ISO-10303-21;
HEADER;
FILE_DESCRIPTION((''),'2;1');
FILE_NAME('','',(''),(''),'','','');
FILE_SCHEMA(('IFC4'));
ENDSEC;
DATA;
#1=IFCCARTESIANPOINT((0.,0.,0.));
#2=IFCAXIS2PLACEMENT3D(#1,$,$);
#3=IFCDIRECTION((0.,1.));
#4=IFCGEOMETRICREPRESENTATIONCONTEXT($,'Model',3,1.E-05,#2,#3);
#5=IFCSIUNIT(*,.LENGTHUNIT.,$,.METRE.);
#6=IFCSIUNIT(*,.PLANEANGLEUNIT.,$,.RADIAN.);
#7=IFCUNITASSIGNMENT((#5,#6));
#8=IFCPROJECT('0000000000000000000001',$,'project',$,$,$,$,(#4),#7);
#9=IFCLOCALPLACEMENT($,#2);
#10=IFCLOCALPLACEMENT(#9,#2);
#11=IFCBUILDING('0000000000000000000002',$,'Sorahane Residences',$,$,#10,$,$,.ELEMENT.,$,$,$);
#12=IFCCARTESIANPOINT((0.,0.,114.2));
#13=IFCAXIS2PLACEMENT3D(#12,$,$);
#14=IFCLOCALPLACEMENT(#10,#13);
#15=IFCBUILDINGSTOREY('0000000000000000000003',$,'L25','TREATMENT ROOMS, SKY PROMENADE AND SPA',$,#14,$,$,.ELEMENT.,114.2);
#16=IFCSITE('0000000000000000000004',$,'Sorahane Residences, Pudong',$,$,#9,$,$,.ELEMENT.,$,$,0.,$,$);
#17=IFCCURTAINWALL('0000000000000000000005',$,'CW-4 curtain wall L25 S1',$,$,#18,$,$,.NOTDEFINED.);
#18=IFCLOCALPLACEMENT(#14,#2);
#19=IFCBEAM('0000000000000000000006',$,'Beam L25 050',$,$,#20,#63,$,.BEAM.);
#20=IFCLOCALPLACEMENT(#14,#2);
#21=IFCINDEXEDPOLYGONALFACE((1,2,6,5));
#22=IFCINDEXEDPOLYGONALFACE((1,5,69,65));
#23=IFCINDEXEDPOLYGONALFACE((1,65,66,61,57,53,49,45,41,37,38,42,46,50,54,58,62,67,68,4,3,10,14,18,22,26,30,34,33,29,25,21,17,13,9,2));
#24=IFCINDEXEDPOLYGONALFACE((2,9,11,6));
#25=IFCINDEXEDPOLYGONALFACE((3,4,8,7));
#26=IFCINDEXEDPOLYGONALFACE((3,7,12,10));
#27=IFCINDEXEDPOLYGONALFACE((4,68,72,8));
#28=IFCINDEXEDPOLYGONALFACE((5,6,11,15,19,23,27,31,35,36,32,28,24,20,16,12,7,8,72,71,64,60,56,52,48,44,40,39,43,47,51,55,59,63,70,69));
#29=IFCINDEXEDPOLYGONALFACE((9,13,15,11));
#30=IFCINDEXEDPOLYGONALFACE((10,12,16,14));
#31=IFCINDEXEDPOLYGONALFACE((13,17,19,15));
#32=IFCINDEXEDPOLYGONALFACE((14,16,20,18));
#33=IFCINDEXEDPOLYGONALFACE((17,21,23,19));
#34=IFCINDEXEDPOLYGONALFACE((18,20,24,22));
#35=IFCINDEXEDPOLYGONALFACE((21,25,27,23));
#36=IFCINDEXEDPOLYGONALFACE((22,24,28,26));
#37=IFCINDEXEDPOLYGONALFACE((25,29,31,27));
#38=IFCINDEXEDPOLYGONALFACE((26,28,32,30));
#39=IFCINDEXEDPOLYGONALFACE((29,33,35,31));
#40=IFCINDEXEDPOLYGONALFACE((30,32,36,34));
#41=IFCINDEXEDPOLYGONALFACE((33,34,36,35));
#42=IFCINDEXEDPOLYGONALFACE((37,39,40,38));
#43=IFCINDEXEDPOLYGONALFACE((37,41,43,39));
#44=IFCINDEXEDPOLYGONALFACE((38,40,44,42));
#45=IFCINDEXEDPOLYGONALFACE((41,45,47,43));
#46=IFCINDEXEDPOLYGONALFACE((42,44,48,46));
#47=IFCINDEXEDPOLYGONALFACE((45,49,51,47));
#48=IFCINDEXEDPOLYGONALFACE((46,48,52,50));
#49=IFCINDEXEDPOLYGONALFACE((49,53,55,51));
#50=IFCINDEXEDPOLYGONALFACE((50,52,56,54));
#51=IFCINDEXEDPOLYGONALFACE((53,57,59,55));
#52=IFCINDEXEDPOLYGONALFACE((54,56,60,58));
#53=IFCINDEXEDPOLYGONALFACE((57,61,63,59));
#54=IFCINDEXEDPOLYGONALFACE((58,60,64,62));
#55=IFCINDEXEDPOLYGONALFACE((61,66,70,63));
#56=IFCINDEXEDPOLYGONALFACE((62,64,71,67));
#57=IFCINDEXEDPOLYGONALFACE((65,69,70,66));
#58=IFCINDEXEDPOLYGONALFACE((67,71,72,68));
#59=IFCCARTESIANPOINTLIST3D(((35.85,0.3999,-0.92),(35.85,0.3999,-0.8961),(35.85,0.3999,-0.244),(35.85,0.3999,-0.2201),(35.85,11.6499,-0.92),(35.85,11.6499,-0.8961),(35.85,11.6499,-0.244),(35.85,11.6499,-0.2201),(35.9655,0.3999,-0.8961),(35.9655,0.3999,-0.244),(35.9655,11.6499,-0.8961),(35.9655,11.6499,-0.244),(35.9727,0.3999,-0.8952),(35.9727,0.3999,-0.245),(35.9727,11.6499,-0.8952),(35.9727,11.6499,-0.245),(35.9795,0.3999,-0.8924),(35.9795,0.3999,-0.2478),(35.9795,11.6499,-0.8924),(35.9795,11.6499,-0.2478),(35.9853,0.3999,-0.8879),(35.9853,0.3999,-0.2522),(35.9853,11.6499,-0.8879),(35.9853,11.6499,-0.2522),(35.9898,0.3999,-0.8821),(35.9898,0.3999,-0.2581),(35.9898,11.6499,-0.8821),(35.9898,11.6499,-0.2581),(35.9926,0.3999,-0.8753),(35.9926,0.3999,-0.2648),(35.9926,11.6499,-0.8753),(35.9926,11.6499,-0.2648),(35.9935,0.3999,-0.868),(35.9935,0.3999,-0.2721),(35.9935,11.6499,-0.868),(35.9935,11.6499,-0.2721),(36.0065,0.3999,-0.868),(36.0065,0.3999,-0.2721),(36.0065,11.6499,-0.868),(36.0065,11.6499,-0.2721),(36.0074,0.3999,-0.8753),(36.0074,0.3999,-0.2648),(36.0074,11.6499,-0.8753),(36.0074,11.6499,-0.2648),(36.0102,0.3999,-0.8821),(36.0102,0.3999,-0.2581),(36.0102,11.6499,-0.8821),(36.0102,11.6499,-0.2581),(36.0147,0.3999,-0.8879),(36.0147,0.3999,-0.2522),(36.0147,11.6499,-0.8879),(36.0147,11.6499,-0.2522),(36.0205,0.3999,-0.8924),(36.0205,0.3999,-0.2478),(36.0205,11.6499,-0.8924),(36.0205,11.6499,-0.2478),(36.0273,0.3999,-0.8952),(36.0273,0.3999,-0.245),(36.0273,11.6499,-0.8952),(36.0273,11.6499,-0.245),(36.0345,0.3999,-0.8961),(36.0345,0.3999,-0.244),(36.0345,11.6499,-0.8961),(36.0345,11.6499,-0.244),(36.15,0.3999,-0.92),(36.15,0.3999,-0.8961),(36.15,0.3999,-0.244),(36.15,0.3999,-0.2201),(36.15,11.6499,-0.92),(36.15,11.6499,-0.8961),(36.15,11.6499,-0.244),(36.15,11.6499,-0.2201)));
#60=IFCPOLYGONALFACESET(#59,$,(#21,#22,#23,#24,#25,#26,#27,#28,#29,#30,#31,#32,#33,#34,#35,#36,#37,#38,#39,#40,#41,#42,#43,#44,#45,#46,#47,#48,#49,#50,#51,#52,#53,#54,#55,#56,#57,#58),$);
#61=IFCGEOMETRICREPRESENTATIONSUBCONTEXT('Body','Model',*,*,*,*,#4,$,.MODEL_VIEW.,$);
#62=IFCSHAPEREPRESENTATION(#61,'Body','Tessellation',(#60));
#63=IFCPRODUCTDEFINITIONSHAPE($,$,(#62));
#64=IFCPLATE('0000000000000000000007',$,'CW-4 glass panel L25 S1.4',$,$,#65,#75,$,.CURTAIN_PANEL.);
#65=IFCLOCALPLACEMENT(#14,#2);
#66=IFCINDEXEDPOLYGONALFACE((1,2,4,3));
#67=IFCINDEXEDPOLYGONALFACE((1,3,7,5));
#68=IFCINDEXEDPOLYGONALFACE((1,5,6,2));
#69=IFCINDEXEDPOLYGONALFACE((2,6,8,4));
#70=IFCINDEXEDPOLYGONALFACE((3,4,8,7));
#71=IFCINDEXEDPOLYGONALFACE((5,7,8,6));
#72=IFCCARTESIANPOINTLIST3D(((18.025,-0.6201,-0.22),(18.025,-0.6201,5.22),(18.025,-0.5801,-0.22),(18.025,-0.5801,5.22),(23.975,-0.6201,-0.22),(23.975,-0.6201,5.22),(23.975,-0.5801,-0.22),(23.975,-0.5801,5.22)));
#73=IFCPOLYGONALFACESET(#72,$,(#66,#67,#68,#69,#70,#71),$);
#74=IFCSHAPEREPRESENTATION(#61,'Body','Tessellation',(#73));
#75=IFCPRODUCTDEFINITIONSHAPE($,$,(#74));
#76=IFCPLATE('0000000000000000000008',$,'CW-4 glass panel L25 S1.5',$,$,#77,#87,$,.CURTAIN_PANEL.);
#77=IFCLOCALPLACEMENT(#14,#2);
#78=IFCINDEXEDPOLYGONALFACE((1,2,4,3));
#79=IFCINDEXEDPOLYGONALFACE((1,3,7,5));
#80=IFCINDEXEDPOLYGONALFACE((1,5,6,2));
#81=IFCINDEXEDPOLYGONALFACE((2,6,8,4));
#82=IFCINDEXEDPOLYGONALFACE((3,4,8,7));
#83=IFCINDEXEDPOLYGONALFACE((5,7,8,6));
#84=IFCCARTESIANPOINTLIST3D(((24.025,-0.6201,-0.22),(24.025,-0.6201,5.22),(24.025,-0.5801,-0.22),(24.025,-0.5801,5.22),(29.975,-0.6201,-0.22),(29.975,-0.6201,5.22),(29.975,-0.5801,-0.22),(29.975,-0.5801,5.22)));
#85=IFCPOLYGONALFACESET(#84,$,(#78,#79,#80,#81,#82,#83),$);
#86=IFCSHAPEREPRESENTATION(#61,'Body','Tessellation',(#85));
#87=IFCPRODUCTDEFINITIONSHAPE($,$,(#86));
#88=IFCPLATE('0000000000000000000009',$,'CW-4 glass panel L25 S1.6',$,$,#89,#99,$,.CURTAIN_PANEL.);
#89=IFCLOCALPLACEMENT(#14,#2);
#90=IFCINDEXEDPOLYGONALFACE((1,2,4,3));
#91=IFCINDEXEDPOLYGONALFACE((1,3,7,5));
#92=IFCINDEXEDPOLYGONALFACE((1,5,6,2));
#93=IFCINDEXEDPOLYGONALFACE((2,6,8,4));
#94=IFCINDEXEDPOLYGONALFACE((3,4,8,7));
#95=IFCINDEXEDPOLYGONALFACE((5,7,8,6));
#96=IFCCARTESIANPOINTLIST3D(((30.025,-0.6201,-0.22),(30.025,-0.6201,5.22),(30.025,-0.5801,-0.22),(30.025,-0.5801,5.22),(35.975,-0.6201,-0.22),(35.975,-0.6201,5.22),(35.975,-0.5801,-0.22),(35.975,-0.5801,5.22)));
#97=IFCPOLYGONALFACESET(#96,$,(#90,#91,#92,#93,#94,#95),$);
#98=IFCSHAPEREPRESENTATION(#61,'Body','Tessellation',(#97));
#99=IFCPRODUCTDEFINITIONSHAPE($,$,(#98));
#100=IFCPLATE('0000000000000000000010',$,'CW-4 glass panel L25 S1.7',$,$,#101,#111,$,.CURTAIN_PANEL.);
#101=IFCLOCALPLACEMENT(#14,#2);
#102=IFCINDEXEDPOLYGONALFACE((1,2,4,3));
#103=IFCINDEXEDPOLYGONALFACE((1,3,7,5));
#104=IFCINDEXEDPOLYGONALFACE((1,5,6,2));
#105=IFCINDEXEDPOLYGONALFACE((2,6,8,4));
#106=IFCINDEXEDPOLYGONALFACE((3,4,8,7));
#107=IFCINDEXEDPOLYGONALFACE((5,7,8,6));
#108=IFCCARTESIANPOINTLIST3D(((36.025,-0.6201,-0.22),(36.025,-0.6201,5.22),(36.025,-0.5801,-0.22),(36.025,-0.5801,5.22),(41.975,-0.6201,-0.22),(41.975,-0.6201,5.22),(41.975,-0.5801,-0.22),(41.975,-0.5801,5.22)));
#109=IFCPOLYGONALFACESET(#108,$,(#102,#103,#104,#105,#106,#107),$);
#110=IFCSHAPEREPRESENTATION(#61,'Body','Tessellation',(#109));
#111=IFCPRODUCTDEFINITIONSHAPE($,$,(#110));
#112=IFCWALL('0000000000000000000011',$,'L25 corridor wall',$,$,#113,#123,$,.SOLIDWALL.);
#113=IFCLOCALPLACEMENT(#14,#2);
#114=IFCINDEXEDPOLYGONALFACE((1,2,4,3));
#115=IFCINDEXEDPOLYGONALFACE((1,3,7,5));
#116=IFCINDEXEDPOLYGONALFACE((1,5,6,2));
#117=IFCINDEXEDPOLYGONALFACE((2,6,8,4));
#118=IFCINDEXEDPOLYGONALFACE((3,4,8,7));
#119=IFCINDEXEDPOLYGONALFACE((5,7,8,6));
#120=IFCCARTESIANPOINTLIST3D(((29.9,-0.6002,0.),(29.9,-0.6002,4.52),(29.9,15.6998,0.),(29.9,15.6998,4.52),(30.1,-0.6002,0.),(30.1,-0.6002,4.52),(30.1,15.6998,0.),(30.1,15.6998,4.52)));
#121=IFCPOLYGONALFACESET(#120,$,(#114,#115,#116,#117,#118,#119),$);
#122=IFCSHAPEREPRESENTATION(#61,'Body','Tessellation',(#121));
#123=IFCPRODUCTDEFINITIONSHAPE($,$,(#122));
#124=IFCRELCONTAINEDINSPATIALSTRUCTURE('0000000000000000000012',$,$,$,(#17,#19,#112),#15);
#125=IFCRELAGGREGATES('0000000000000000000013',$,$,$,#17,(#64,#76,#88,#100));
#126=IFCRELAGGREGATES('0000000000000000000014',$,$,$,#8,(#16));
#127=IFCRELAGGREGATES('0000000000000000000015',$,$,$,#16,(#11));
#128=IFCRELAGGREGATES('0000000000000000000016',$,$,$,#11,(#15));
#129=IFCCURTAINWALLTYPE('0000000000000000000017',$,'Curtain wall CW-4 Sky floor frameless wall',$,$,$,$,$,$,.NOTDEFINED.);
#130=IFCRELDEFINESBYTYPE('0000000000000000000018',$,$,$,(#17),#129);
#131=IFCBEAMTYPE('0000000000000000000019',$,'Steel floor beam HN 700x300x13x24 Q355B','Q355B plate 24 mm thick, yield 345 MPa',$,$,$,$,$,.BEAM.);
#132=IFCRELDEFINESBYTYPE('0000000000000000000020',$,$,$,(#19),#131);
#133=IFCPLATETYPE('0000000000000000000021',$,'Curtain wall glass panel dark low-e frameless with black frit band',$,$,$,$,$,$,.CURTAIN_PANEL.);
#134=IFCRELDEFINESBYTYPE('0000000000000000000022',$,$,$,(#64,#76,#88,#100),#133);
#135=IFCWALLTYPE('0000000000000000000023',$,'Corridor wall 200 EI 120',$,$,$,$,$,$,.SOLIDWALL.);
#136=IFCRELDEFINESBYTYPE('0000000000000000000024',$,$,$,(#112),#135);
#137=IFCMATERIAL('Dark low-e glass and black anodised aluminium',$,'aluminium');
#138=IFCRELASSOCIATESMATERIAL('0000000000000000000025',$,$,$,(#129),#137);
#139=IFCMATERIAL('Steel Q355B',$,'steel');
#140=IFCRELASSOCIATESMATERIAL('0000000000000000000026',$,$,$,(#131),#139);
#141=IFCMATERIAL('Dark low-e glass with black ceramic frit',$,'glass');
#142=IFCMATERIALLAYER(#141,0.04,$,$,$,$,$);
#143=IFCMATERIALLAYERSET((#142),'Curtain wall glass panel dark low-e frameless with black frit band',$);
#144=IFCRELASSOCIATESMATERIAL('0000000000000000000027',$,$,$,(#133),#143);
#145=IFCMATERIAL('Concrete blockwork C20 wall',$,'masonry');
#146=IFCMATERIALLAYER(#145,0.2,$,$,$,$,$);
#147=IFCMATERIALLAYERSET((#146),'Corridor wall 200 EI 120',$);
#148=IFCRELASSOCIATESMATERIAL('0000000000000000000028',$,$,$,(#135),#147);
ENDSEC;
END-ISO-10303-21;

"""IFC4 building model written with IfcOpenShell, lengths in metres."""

from ifc_helpers import new_model, si_unit, direction, frame, frame_2d, origin, origin_2d, place, context, subcontext, project, spatial, rectangle, i_section, extrude, material, layer, layer_set, material_profile, profile_set, type_object, element, aggregate, save


model = new_model("IFC4")

# Units and contexts
model_context = context("Model", 3, precision=1e-05, world=origin(), true_north=direction((0.0, 1.0)))
body_context = subcontext(model_context, "Body", "Model", "MODEL_VIEW")
ifc_project = project(units=[si_unit("LENGTHUNIT", "METRE"), si_unit("PLANEANGLEUNIT", "RADIAN")], contexts=[model_context])

# Site, building, storey
site_placement = place(None, origin())
site = spatial("IfcSite", under=ifc_project, at=site_placement, Name="Sorahane Residences, Pudong", CompositionType="ELEMENT", RefElevation=0.0)
building_placement = place(site_placement, origin())
building = spatial("IfcBuilding", under=site, at=building_placement, Name="Sorahane Residences", CompositionType="ELEMENT")
storey_placement = place(building_placement, frame((0.0, 0.0, 114.2)))
storey = spatial("IfcBuildingStorey", under=building, at=storey_placement, Name="L25", Description="TREATMENT ROOMS, SKY PROMENADE AND SPA", CompositionType="ELEMENT", Elevation=114.2)

# Curtain wall
ifc_material_1 = material(Name="Dark low-e glass and black anodised aluminium", Category="aluminium")
curtain_wall_type = type_object("IfcCurtainWallType", Name="Curtain wall CW-4 Sky floor frameless wall", PredefinedType="NOTDEFINED", material=ifc_material_1)
curtain_wall_placement = place(storey_placement, origin())
curtain_wall = element("IfcCurtainWall", 1, at=curtain_wall_placement, inside=storey, type_object=curtain_wall_type, Name="CW-4 curtain wall L25 S1", PredefinedType="NOTDEFINED")

# Beam
ifc_material_2 = material(Name="Steel Q355B", Category="steel")
ifc_material_profile_1 = material_profile(ifc_material_2, i_section(OverallWidth=0.3, OverallDepth=0.7, WebThickness=0.0129, FlangeThickness=0.0239, FilletRadius=0.0281, at=origin_2d()), Name="HN 700x300x13x24")
ifc_profile_set_1 = profile_set([ifc_material_profile_1], Name="Steel Q355B")
beam_type_1 = type_object("IfcBeamType", Name="Steel floor beam HN 700x300x13x24 Q355B", Description="Q355B plate 24 mm thick, yield 345 MPa", PredefinedType="BEAM", material=ifc_profile_set_1)
beam_1_placement = place(storey_placement, frame((36.0, 0.3999, -0.5701), z_axis=(0.0, 1.0, 0.0), x_axis=(-1.0, 0.0, 0.0)))
element("IfcBeam", 2, at=beam_1_placement, inside=storey, type_object=beam_type_1, Name="Beam L25 050", PredefinedType="BEAM", context=body_context, shape_type="SweptSolid", body=[
    extrude(i_section(OverallWidth=0.3, OverallDepth=0.7, WebThickness=0.0129, FlangeThickness=0.0239, FilletRadius=0.0281, at=origin_2d()), origin(), (0.0, 0.0, 1.0), 11.25),
])

# Plates
ifc_material_3 = material(Name="Dark low-e glass with black ceramic frit", Category="glass")
ifc_layer_1 = layer(ifc_material_3, 0.04)
ifc_layer_set_1 = layer_set([ifc_layer_1], Name="Curtain wall glass panel dark low-e frameless with black frit band")
plate_type = type_object("IfcPlateType", Name="Curtain wall glass panel dark low-e frameless with black frit band", PredefinedType="CURTAIN_PANEL", material=ifc_layer_set_1)
plate_1_placement = place(storey_placement, frame((21.0, -0.6001, -0.22), z_axis=(0.0, 0.0, 1.0), x_axis=(1.0, 0.0, 0.0)))
plate_1 = element("IfcPlate", 3, at=plate_1_placement, type_object=plate_type, Name="CW-4 glass panel L25 S1.4", PredefinedType="CURTAIN_PANEL", context=body_context, shape_type="SweptSolid", body=[
    extrude(rectangle(XDim=5.95, YDim=0.04, at=origin_2d()), origin(), (0.0, 0.0, 1.0), 5.4399),
])
plate_2_placement = place(storey_placement, frame((27.0, -0.6001, -0.22), z_axis=(0.0, 0.0, 1.0), x_axis=(1.0, 0.0, 0.0)))
plate_2 = element("IfcPlate", 4, at=plate_2_placement, type_object=plate_type, Name="CW-4 glass panel L25 S1.5", PredefinedType="CURTAIN_PANEL", context=body_context, shape_type="SweptSolid", body=[
    extrude(rectangle(XDim=5.95, YDim=0.04, at=origin_2d()), origin(), (0.0, 0.0, 1.0), 5.4399),
])
plate_3_placement = place(storey_placement, frame((33.0, -0.6001, -0.22), z_axis=(0.0, 0.0, 1.0), x_axis=(1.0, 0.0, 0.0)))
plate_3 = element("IfcPlate", 5, at=plate_3_placement, type_object=plate_type, Name="CW-4 glass panel L25 S1.6", PredefinedType="CURTAIN_PANEL", context=body_context, shape_type="SweptSolid", body=[
    extrude(rectangle(XDim=5.95, YDim=0.04, at=origin_2d()), origin(), (0.0, 0.0, 1.0), 5.4399),
])
plate_4_placement = place(storey_placement, frame((39.0, -0.6001, -0.22), z_axis=(0.0, 0.0, 1.0), x_axis=(1.0, 0.0, 0.0)))
plate_4 = element("IfcPlate", 6, at=plate_4_placement, type_object=plate_type, Name="CW-4 glass panel L25 S1.7", PredefinedType="CURTAIN_PANEL", context=body_context, shape_type="SweptSolid", body=[
    extrude(rectangle(XDim=5.95, YDim=0.04, at=origin_2d()), origin(), (0.0, 0.0, 1.0), 5.4399),
])
aggregate(curtain_wall, [plate_1, plate_2, plate_3, plate_4])

# Wall
ifc_material_4 = material(Name="Concrete blockwork C20 wall", Category="masonry")
ifc_layer_2 = layer(ifc_material_4, 0.2)
ifc_layer_set_2 = layer_set([ifc_layer_2], Name="Corridor wall 200 EI 120")
wall_type = type_object("IfcWallType", Name="Corridor wall 200 EI 120", PredefinedType="SOLIDWALL", material=ifc_layer_set_2)
wall_placement = place(storey_placement, frame((30.0, -0.6001, 0.0), z_axis=(0.0, 0.0, 1.0), x_axis=(0.0, 1.0, 0.0)))
element("IfcWall", 7, at=wall_placement, inside=storey, type_object=wall_type, Name="L25 corridor wall", PredefinedType="SOLIDWALL", context=body_context, shape_type="SweptSolid", body=[
    extrude(rectangle(XDim=16.3, YDim=0.2, at=frame_2d((8.1499, 0.0))), origin(), (0.0, 0.0, 1.0), 4.52),
])

save(model, "model.ifc")
